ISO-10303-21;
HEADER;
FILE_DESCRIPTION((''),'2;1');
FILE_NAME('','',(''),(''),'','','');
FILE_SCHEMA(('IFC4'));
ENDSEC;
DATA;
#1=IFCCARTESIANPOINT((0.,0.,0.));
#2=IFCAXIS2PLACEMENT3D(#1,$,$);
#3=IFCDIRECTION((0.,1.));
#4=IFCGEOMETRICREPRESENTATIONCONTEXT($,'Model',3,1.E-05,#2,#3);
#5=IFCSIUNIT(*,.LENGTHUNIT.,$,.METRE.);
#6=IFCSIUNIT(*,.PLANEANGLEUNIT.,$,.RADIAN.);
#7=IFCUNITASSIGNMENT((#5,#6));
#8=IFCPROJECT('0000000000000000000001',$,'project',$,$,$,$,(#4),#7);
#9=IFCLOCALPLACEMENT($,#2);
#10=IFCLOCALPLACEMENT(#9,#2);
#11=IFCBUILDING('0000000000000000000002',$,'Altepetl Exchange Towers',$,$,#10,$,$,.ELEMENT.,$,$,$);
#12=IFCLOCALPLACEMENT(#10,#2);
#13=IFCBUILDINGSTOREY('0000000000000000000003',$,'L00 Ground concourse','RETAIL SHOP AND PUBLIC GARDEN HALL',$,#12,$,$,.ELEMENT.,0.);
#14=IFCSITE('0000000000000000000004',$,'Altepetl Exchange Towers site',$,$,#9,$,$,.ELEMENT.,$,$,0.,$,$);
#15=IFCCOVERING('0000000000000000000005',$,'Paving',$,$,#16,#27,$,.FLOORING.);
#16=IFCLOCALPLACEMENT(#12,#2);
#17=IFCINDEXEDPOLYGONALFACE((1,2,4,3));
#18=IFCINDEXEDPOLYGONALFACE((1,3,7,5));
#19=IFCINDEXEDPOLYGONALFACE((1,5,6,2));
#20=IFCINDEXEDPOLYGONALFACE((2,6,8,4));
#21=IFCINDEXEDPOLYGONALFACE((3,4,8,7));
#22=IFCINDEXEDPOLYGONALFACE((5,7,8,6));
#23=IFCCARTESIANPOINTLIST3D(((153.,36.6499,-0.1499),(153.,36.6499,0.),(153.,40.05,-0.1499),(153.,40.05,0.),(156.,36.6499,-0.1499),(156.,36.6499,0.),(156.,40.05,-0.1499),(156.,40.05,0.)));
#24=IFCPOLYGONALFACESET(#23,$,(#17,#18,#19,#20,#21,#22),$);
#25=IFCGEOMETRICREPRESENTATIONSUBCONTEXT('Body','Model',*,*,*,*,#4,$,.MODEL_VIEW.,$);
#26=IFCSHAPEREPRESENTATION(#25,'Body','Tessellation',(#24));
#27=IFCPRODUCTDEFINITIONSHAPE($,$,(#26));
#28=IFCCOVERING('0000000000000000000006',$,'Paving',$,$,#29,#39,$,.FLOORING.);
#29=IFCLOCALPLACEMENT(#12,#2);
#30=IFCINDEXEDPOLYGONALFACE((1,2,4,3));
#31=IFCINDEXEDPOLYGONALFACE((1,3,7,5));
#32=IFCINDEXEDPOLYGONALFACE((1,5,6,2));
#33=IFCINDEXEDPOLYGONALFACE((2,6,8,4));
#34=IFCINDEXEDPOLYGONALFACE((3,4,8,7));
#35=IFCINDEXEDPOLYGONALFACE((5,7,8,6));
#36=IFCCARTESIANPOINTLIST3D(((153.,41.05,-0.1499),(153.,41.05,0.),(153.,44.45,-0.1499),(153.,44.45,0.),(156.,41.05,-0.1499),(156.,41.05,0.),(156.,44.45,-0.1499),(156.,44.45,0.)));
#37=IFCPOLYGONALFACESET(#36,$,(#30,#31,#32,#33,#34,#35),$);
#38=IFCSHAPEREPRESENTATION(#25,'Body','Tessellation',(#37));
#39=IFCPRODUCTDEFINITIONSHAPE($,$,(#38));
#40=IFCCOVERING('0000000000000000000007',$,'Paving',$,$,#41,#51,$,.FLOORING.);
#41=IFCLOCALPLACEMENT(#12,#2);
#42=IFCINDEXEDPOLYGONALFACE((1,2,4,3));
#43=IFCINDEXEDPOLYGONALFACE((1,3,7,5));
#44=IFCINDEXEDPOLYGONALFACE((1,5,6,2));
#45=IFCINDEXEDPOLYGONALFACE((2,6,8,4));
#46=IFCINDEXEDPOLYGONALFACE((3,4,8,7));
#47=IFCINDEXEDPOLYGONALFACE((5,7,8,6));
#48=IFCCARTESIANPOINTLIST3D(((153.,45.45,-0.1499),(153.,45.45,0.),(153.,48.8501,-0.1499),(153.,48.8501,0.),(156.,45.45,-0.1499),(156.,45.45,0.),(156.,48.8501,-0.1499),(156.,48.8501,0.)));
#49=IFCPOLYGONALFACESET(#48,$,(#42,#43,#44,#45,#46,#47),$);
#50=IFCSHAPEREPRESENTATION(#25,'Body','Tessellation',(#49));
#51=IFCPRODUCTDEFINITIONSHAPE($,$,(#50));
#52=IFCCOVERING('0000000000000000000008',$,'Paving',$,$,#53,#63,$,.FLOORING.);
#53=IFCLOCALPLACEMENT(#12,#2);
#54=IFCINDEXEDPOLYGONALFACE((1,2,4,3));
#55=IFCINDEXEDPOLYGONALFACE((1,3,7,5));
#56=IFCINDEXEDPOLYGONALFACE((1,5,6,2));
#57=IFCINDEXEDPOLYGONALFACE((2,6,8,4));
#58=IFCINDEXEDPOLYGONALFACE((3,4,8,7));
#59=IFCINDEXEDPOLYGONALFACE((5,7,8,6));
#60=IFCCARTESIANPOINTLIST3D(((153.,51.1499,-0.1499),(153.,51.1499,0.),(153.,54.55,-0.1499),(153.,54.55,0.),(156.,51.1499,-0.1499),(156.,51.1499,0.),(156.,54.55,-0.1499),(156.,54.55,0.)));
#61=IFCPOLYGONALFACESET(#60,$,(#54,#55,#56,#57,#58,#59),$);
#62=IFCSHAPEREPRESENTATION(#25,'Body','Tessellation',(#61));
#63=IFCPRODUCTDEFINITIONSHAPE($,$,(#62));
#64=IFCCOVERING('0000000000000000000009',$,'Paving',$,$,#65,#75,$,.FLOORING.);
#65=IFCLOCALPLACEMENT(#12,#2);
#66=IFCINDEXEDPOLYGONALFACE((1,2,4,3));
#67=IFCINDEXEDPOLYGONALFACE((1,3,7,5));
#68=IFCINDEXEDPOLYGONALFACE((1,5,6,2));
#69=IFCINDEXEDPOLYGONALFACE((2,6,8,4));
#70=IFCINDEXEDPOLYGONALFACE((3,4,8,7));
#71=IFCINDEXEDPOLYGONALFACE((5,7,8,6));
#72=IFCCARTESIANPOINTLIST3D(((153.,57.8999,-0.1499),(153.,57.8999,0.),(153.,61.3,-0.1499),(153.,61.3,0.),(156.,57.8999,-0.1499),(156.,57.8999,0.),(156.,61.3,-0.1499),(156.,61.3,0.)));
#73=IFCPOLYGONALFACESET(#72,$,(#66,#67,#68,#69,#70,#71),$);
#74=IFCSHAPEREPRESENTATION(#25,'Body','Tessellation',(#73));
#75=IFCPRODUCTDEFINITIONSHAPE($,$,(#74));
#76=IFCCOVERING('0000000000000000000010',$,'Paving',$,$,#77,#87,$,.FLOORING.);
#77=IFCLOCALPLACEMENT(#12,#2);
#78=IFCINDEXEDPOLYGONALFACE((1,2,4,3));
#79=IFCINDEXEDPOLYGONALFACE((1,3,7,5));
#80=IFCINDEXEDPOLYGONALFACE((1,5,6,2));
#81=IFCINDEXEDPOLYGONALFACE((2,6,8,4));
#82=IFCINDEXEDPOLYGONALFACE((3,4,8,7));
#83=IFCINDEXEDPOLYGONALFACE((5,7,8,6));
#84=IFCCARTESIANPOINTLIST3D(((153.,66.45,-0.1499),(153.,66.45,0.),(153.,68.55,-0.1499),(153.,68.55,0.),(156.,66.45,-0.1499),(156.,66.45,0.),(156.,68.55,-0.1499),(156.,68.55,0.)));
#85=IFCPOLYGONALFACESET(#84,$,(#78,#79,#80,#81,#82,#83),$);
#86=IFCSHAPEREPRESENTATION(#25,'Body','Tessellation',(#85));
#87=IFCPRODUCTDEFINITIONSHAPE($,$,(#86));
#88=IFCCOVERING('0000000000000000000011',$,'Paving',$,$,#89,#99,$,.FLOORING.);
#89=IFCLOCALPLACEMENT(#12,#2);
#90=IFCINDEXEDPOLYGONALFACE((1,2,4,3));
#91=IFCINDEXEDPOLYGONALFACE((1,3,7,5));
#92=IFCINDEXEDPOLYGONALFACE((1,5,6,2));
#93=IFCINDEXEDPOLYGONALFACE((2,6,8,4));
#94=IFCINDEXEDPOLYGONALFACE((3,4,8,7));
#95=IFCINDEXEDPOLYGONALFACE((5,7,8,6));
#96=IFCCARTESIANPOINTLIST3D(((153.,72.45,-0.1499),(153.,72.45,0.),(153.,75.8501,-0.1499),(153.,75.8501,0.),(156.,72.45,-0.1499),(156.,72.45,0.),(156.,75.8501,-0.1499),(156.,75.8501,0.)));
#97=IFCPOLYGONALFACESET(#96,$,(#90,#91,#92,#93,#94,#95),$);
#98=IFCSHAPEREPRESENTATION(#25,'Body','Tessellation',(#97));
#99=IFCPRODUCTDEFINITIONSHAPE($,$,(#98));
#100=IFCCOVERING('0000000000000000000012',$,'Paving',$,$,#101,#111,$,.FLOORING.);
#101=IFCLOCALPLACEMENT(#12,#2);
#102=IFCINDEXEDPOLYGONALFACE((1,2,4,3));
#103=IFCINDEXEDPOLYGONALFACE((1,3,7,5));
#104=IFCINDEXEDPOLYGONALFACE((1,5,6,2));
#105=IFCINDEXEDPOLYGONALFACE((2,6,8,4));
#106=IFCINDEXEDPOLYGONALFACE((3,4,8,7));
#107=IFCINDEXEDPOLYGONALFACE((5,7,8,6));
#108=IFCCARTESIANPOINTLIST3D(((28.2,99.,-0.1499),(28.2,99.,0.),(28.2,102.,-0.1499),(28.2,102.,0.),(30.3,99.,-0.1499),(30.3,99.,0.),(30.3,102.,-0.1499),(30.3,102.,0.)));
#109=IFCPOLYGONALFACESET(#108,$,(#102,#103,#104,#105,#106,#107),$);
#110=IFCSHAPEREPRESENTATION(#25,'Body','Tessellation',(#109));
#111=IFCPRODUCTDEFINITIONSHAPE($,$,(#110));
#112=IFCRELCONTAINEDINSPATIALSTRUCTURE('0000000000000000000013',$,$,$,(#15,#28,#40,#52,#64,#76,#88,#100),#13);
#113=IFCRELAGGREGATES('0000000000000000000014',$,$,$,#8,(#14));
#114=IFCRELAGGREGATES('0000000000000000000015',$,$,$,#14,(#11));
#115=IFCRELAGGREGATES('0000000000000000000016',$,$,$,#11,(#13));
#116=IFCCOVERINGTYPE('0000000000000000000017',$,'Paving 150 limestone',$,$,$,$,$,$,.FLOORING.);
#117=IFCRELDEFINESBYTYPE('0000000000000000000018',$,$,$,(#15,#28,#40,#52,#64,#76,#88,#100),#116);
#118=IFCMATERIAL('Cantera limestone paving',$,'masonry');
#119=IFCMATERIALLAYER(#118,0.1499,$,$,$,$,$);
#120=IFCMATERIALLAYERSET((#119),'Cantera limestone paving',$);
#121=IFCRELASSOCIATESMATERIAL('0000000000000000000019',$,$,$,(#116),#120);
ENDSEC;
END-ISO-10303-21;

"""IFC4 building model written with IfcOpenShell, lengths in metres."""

from ifc_helpers import new_model, si_unit, direction, frame, origin, place, context, subcontext, project, spatial, polyline, outline, extrude, material, layer, layer_set, type_object, element, save


model = new_model("IFC4")

# Units and contexts
model_context = context("Model", 3, precision=1e-05, world=origin(), true_north=direction((0.0, 1.0)))
body_context = subcontext(model_context, "Body", "Model", "MODEL_VIEW")
ifc_project = project(units=[si_unit("LENGTHUNIT", "METRE"), si_unit("PLANEANGLEUNIT", "RADIAN")], contexts=[model_context])

# Site, building, storey
site_placement = place(None, origin())
site = spatial("IfcSite", under=ifc_project, at=site_placement, Name="Altepetl Exchange Towers site", CompositionType="ELEMENT", RefElevation=0.0)
building_placement = place(site_placement, origin())
building = spatial("IfcBuilding", under=site, at=building_placement, Name="Altepetl Exchange Towers", CompositionType="ELEMENT")
storey_placement = place(building_placement, origin())
storey = spatial("IfcBuildingStorey", under=building, at=storey_placement, Name="L00 Ground concourse", Description="RETAIL SHOP AND PUBLIC GARDEN HALL", CompositionType="ELEMENT", Elevation=0.0)

# Coverings
ifc_material_1 = material(Name="Cantera limestone paving", Category="masonry")
ifc_layer_1 = layer(ifc_material_1, 0.1499)
ifc_layer_set_1 = layer_set([ifc_layer_1], Name="Cantera limestone paving")
covering_type = type_object("IfcCoveringType", Name="Paving 150 limestone", PredefinedType="FLOORING", material=ifc_layer_set_1)
covering_1_placement = place(storey_placement, frame((0.0, 0.0, -0.1499)))
element("IfcCovering", 1, at=covering_1_placement, inside=storey, type_object=covering_type, Name="Paving", PredefinedType="FLOORING", context=body_context, shape_type="SweptSolid", body=[
    extrude(outline(polyline([(153.0, 36.6499), (156.0, 36.6499), (156.0, 40.05), (153.0, 40.05), (153.0, 36.6499)])), origin(), (0.0, 0.0, 1.0), 0.1499),
])
covering_2_placement = place(storey_placement, frame((0.0, 0.0, -0.1499)))
element("IfcCovering", 2, at=covering_2_placement, inside=storey, type_object=covering_type, Name="Paving", PredefinedType="FLOORING", context=body_context, shape_type="SweptSolid", body=[
    extrude(outline(polyline([(153.0, 41.05), (156.0, 41.05), (156.0, 44.45), (153.0, 44.45), (153.0, 41.05)])), origin(), (0.0, 0.0, 1.0), 0.1499),
])
covering_3_placement = place(storey_placement, frame((0.0, 0.0, -0.1499)))
element("IfcCovering", 3, at=covering_3_placement, inside=storey, type_object=covering_type, Name="Paving", PredefinedType="FLOORING", context=body_context, shape_type="SweptSolid", body=[
    extrude(outline(polyline([(153.0, 45.45), (156.0, 45.45), (156.0, 48.8501), (153.0, 48.8501), (153.0, 45.45)])), origin(), (0.0, 0.0, 1.0), 0.1499),
])
covering_4_placement = place(storey_placement, frame((0.0, 0.0, -0.1499)))
element("IfcCovering", 4, at=covering_4_placement, inside=storey, type_object=covering_type, Name="Paving", PredefinedType="FLOORING", context=body_context, shape_type="SweptSolid", body=[
    extrude(outline(polyline([(153.0, 51.1499), (156.0, 51.1499), (156.0, 54.55), (153.0, 54.55), (153.0, 51.1499)])), origin(), (0.0, 0.0, 1.0), 0.1499),
])
covering_5_placement = place(storey_placement, frame((0.0, 0.0, -0.1499)))
element("IfcCovering", 5, at=covering_5_placement, inside=storey, type_object=covering_type, Name="Paving", PredefinedType="FLOORING", context=body_context, shape_type="SweptSolid", body=[
    extrude(outline(polyline([(153.0, 57.8999), (156.0, 57.8999), (156.0, 61.3), (153.0, 61.3), (153.0, 57.8999)])), origin(), (0.0, 0.0, 1.0), 0.1499),
])
covering_6_placement = place(storey_placement, frame((0.0, 0.0, -0.1499)))
element("IfcCovering", 6, at=covering_6_placement, inside=storey, type_object=covering_type, Name="Paving", PredefinedType="FLOORING", context=body_context, shape_type="SweptSolid", body=[
    extrude(outline(polyline([(153.0, 66.45), (156.0, 66.45), (156.0, 68.55), (153.0, 68.55), (153.0, 66.45)])), origin(), (0.0, 0.0, 1.0), 0.1499),
])
covering_7_placement = place(storey_placement, frame((0.0, 0.0, -0.1499)))
element("IfcCovering", 7, at=covering_7_placement, inside=storey, type_object=covering_type, Name="Paving", PredefinedType="FLOORING", context=body_context, shape_type="SweptSolid", body=[
    extrude(outline(polyline([(153.0, 72.45), (156.0, 72.45), (156.0, 75.8501), (153.0, 75.8501), (153.0, 72.45)])), origin(), (0.0, 0.0, 1.0), 0.1499),
])
covering_8_placement = place(storey_placement, frame((0.0, 0.0, -0.1499)))
element("IfcCovering", 8, at=covering_8_placement, inside=storey, type_object=covering_type, Name="Paving", PredefinedType="FLOORING", context=body_context, shape_type="SweptSolid", body=[
    extrude(outline(polyline([(28.2, 99.0), (30.3, 99.0), (30.3, 102.0), (28.2, 102.0), (28.2, 99.0)])), origin(), (0.0, 0.0, 1.0), 0.1499),
])

save(model, "model.ifc")
